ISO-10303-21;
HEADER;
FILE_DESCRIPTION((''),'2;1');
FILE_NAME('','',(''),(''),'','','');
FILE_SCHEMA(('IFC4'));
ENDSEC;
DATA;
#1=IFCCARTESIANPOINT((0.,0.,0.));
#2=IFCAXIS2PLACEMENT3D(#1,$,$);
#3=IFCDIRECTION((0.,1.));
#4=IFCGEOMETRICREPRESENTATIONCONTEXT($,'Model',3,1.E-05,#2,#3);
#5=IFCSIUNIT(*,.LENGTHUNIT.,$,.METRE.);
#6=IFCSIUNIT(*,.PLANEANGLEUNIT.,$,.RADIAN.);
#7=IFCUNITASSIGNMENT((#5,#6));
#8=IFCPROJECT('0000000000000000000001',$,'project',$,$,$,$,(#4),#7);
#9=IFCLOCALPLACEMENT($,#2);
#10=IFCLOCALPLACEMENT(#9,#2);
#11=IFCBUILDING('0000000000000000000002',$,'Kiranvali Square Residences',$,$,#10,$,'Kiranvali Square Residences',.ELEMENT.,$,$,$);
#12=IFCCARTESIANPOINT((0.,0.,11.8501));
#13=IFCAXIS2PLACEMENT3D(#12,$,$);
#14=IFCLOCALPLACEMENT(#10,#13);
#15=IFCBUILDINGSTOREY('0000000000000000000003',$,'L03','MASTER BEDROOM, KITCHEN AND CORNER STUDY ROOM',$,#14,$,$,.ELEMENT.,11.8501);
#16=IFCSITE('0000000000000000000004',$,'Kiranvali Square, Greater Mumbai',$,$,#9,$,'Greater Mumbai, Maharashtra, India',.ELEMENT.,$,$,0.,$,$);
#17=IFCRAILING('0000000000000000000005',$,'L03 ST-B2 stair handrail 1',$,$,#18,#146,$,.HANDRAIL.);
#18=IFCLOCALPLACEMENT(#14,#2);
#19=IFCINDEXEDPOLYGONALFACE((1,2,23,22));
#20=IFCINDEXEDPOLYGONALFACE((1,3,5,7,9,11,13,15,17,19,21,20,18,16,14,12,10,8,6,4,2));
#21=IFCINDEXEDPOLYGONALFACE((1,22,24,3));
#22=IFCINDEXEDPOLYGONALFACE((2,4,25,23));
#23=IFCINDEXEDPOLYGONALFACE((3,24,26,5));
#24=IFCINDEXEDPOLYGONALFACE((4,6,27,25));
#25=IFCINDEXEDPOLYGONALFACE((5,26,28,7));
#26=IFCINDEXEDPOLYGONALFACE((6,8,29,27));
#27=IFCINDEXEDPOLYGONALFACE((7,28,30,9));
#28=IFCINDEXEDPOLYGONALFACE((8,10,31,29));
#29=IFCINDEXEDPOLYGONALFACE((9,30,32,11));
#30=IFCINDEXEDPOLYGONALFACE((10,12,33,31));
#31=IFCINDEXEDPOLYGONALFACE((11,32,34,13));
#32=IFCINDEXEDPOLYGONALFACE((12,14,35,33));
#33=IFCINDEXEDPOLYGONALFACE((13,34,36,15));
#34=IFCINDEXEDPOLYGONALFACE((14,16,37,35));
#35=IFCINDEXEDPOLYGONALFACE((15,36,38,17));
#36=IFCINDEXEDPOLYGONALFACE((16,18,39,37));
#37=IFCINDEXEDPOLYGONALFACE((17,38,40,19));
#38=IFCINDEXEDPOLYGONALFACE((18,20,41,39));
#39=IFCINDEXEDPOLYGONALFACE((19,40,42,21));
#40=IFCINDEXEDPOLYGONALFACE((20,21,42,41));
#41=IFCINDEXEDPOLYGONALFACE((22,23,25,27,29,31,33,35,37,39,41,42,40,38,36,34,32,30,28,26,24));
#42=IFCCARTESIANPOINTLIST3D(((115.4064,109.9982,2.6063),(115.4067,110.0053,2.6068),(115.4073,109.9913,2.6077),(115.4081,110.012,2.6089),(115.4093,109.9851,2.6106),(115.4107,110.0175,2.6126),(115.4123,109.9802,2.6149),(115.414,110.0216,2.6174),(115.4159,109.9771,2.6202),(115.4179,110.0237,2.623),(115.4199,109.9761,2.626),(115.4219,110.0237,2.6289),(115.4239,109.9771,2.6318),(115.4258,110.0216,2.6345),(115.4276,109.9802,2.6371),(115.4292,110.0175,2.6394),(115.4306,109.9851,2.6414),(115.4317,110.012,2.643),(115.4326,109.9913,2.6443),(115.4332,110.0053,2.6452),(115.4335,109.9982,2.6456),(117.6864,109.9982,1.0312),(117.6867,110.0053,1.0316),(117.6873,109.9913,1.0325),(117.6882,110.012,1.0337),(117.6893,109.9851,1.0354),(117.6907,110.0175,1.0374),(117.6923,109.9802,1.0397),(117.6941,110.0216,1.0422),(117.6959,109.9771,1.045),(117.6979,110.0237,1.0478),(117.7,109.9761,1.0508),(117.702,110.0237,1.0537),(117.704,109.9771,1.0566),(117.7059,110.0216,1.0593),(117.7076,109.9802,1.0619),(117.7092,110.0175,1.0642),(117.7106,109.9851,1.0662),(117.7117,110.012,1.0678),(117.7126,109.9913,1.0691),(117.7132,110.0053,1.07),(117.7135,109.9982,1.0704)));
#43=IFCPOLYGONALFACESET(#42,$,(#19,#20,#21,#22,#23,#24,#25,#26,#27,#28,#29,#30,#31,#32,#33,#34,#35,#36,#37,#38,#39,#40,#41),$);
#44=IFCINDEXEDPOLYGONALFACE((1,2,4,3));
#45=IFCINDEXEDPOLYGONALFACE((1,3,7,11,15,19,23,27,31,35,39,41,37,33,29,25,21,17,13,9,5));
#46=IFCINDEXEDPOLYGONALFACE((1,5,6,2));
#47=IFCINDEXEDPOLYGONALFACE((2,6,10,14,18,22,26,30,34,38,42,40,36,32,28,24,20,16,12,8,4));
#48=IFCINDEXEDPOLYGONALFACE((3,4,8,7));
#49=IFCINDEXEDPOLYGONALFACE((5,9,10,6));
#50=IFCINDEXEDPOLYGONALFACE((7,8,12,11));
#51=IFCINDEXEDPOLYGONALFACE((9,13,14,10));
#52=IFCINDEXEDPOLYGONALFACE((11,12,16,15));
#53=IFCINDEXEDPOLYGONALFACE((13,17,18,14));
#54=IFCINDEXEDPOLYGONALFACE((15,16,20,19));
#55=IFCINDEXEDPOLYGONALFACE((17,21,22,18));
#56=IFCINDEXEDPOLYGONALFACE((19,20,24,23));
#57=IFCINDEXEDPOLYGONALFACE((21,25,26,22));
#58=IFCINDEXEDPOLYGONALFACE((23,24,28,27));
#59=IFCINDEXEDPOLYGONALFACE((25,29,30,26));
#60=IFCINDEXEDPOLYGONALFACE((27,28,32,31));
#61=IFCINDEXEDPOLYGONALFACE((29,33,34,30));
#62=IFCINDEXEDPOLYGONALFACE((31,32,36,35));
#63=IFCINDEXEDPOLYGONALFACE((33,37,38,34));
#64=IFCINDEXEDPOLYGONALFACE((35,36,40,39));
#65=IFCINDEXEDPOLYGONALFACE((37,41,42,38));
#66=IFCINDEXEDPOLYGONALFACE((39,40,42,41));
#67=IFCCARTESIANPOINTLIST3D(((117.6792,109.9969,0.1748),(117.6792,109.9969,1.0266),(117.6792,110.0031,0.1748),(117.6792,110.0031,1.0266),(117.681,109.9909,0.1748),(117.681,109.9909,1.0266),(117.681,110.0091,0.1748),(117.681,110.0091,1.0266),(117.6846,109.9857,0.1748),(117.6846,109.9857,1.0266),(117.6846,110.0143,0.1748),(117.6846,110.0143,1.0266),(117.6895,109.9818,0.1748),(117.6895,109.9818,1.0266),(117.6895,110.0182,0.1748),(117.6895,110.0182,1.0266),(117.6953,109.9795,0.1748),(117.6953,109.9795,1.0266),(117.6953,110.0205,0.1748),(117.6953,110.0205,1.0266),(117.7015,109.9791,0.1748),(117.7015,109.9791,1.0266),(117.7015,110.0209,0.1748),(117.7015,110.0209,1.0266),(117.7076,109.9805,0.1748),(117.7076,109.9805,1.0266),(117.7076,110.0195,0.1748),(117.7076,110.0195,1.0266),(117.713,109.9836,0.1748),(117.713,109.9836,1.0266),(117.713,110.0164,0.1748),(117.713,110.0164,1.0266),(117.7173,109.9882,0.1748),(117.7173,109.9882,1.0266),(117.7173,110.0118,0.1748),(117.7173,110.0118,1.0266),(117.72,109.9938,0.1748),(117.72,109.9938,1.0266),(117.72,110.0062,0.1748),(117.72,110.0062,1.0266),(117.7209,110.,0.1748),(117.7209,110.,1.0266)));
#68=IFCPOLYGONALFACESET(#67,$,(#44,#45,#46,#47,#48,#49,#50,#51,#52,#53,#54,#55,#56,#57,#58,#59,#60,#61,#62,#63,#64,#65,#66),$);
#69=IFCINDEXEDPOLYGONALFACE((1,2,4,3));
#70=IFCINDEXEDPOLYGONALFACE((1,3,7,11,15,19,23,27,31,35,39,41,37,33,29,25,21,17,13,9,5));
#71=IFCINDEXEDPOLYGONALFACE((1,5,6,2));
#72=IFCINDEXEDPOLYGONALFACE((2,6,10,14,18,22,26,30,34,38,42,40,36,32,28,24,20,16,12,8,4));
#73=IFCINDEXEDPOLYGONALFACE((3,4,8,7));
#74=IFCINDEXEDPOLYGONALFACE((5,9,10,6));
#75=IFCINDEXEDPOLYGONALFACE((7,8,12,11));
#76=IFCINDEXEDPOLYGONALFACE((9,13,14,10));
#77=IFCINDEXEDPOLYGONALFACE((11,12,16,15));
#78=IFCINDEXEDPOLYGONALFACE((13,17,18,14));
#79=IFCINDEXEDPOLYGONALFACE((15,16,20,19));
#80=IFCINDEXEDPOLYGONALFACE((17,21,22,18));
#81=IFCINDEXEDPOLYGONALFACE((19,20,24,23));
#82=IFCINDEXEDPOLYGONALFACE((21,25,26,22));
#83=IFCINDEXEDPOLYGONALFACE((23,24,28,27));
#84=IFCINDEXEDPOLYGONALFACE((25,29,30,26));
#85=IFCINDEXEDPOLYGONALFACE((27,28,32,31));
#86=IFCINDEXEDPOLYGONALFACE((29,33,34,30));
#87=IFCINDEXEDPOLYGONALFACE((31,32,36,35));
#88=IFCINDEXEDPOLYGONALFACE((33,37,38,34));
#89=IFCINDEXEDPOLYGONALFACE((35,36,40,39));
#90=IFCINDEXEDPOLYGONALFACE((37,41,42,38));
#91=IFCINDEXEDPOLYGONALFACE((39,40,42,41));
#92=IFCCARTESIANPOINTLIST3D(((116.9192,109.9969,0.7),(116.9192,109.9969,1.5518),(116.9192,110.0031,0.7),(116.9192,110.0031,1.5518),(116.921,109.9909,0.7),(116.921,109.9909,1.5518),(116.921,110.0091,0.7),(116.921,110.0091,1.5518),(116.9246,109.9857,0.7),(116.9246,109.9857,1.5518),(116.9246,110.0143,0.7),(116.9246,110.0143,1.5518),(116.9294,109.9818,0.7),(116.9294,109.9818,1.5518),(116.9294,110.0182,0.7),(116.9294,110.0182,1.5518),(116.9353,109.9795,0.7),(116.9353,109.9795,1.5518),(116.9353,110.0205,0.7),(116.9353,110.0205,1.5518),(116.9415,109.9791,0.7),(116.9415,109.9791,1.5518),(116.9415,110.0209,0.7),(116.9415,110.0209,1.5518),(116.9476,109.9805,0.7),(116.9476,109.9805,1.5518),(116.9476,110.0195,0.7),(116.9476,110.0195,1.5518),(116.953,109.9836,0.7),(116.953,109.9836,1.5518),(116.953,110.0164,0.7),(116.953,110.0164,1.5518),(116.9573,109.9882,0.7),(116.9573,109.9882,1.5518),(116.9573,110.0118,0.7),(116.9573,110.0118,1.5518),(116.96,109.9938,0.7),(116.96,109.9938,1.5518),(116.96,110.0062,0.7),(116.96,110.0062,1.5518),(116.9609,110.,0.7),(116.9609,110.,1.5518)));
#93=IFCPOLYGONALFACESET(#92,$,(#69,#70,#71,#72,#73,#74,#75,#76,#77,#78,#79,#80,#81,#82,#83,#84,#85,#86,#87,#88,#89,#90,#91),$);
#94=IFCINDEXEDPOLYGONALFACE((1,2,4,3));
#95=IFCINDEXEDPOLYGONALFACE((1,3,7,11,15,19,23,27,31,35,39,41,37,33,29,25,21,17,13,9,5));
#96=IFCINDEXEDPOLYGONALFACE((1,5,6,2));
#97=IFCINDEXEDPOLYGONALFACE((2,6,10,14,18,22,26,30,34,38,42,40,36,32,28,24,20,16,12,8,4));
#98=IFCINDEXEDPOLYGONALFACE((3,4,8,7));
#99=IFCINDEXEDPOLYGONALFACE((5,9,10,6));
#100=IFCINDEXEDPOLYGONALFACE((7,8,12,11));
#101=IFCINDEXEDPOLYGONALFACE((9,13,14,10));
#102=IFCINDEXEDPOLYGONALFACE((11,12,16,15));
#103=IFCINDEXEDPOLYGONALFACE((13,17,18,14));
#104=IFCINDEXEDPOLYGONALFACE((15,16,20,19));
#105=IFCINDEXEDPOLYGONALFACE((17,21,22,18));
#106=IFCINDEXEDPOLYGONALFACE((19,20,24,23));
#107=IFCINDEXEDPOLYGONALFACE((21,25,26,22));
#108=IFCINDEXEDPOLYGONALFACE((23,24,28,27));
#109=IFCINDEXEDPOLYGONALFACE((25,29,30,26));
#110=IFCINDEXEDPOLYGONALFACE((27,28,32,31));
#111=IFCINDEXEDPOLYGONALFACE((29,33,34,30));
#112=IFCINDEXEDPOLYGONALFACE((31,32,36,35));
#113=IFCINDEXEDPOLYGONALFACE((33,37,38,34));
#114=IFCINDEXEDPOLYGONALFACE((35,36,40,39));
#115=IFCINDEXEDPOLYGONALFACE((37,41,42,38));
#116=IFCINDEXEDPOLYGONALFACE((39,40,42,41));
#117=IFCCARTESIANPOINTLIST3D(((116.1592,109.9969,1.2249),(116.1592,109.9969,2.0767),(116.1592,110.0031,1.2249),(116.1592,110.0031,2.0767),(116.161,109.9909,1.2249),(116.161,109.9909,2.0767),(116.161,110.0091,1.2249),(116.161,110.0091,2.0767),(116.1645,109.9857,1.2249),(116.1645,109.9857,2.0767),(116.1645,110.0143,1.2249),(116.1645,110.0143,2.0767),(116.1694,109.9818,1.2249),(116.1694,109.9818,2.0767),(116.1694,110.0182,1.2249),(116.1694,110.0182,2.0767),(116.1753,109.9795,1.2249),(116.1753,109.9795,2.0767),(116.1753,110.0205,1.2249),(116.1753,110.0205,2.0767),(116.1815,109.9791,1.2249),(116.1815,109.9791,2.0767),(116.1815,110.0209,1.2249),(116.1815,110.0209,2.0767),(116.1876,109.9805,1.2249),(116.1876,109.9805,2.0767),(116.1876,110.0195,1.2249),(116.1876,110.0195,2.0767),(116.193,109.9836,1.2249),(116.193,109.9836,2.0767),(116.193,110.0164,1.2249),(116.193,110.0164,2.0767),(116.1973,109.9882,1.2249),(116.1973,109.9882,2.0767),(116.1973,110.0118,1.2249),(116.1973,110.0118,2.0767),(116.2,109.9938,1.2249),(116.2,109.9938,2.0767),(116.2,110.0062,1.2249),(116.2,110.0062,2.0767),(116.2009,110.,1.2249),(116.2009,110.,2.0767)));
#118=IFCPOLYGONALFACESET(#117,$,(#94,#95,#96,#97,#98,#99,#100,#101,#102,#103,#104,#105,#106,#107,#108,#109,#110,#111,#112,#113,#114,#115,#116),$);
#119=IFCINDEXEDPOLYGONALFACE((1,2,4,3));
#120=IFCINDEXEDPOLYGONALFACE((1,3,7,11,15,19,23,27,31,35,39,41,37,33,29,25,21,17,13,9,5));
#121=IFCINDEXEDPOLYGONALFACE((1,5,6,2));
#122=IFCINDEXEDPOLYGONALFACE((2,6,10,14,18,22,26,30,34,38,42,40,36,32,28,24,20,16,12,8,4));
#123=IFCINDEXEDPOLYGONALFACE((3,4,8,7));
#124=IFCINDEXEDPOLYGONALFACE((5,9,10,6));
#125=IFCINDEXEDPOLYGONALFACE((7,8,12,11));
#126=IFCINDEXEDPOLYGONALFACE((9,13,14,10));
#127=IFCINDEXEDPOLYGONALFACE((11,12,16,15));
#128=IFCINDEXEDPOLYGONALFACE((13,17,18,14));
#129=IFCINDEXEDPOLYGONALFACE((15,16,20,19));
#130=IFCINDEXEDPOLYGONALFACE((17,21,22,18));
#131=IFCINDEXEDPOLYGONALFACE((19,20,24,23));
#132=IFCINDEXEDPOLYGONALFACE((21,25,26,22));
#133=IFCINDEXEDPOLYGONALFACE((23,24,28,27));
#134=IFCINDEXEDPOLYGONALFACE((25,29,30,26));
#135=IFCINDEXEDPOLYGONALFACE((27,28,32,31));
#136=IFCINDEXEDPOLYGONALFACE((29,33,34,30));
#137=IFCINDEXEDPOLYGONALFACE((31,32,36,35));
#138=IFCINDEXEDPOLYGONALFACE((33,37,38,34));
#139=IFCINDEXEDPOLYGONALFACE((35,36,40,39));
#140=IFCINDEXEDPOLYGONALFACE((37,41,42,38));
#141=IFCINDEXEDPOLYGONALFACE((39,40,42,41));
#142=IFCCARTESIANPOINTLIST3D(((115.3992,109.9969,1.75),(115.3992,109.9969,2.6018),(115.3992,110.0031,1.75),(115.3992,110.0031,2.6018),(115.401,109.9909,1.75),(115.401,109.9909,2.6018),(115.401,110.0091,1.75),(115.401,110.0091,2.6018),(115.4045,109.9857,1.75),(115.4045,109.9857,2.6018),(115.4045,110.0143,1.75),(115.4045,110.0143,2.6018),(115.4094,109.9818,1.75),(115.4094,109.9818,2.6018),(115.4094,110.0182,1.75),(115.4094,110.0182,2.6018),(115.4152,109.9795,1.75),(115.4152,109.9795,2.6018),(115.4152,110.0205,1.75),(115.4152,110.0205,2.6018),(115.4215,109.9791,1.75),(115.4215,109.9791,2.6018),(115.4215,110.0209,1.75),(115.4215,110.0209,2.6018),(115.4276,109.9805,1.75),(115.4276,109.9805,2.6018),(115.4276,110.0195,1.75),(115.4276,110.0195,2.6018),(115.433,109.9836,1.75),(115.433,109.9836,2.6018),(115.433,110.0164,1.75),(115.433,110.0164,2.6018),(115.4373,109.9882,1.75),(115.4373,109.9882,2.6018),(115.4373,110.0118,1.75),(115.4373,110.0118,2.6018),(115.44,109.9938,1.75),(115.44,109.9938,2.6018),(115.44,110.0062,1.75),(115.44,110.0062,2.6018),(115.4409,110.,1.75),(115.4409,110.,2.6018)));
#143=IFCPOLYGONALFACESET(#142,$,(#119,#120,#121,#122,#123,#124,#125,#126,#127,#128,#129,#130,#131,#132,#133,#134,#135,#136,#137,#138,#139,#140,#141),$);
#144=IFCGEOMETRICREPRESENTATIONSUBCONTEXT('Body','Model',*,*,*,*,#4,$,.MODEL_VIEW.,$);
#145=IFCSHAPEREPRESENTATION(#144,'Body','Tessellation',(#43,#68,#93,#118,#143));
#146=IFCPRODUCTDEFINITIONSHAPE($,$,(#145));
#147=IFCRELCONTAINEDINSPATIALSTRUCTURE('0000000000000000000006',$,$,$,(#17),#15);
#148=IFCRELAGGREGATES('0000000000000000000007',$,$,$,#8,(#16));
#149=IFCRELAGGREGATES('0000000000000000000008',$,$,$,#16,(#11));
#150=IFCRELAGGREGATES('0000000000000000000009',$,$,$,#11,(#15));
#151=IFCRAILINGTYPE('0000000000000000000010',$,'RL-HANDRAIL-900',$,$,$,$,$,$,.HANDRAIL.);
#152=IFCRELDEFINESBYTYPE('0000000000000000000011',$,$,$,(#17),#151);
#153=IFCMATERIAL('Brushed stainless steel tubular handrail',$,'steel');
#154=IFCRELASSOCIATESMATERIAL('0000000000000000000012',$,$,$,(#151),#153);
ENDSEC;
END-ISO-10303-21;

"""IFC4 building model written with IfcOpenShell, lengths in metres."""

from ifc_helpers import new_model, si_unit, direction, frame, origin, origin_2d, place, context, subcontext, project, spatial, circle, extrude, material, type_object, element, save


model = new_model("IFC4")

# Units and contexts
model_context = context("Model", 3, precision=1e-05, world=origin(), true_north=direction((0.0, 1.0)))
body_context = subcontext(model_context, "Body", "Model", "MODEL_VIEW")
ifc_project = project(units=[si_unit("LENGTHUNIT", "METRE"), si_unit("PLANEANGLEUNIT", "RADIAN")], contexts=[model_context])

# Site, building, storey
site_placement = place(None, origin())
site = spatial("IfcSite", under=ifc_project, at=site_placement, Name="Kiranvali Square, Greater Mumbai", LongName="Greater Mumbai, Maharashtra, India", CompositionType="ELEMENT", RefElevation=0.0)
building_placement = place(site_placement, origin())
building = spatial("IfcBuilding", under=site, at=building_placement, Name="Kiranvali Square Residences", LongName="Kiranvali Square Residences", CompositionType="ELEMENT")
storey_placement = place(building_placement, frame((0.0, 0.0, 11.8501)))
storey = spatial("IfcBuildingStorey", under=building, at=storey_placement, Name="L03", Description="MASTER BEDROOM, KITCHEN AND CORNER STUDY ROOM", CompositionType="ELEMENT", Elevation=11.8501)

# Railing
ifc_material_1 = material(Name="Brushed stainless steel tubular handrail", Category="steel")
railing_type_1 = type_object("IfcRailingType", Name="RL-HANDRAIL-900", PredefinedType="HANDRAIL", material=ifc_material_1)
railing_1_placement = place(storey_placement, frame((117.7, 110.0, 0.1748)))
element("IfcRailing", 1, at=railing_1_placement, inside=storey, type_object=railing_type_1, Name="L03 ST-B2 stair handrail 1", PredefinedType="HANDRAIL", context=body_context, shape_type="SweptSolid", body=[
    extrude(circle(Radius=0.0239, at=origin_2d()), frame((0.0, 0.0, 0.876), z_axis=(-0.822747, 0.0, 0.568408), x_axis=(0.0, -1.0, 0.0)), (0.0, 0.0, 1.0), 2.7712),
    extrude(circle(Radius=0.021, at=origin_2d()), origin(), (0.0, 0.0, 1.0), 0.8518),
    extrude(circle(Radius=0.021, at=origin_2d()), frame((-0.76, 0.0, 0.5251)), (0.0, 0.0, 1.0), 0.8518),
    extrude(circle(Radius=0.021, at=origin_2d()), frame((-1.52, 0.0, 1.05)), (0.0, 0.0, 1.0), 0.8518),
    extrude(circle(Radius=0.021, at=origin_2d()), frame((-2.28, 0.0, 1.5752)), (0.0, 0.0, 1.0), 0.8518),
])

save(model, "model.ifc")
